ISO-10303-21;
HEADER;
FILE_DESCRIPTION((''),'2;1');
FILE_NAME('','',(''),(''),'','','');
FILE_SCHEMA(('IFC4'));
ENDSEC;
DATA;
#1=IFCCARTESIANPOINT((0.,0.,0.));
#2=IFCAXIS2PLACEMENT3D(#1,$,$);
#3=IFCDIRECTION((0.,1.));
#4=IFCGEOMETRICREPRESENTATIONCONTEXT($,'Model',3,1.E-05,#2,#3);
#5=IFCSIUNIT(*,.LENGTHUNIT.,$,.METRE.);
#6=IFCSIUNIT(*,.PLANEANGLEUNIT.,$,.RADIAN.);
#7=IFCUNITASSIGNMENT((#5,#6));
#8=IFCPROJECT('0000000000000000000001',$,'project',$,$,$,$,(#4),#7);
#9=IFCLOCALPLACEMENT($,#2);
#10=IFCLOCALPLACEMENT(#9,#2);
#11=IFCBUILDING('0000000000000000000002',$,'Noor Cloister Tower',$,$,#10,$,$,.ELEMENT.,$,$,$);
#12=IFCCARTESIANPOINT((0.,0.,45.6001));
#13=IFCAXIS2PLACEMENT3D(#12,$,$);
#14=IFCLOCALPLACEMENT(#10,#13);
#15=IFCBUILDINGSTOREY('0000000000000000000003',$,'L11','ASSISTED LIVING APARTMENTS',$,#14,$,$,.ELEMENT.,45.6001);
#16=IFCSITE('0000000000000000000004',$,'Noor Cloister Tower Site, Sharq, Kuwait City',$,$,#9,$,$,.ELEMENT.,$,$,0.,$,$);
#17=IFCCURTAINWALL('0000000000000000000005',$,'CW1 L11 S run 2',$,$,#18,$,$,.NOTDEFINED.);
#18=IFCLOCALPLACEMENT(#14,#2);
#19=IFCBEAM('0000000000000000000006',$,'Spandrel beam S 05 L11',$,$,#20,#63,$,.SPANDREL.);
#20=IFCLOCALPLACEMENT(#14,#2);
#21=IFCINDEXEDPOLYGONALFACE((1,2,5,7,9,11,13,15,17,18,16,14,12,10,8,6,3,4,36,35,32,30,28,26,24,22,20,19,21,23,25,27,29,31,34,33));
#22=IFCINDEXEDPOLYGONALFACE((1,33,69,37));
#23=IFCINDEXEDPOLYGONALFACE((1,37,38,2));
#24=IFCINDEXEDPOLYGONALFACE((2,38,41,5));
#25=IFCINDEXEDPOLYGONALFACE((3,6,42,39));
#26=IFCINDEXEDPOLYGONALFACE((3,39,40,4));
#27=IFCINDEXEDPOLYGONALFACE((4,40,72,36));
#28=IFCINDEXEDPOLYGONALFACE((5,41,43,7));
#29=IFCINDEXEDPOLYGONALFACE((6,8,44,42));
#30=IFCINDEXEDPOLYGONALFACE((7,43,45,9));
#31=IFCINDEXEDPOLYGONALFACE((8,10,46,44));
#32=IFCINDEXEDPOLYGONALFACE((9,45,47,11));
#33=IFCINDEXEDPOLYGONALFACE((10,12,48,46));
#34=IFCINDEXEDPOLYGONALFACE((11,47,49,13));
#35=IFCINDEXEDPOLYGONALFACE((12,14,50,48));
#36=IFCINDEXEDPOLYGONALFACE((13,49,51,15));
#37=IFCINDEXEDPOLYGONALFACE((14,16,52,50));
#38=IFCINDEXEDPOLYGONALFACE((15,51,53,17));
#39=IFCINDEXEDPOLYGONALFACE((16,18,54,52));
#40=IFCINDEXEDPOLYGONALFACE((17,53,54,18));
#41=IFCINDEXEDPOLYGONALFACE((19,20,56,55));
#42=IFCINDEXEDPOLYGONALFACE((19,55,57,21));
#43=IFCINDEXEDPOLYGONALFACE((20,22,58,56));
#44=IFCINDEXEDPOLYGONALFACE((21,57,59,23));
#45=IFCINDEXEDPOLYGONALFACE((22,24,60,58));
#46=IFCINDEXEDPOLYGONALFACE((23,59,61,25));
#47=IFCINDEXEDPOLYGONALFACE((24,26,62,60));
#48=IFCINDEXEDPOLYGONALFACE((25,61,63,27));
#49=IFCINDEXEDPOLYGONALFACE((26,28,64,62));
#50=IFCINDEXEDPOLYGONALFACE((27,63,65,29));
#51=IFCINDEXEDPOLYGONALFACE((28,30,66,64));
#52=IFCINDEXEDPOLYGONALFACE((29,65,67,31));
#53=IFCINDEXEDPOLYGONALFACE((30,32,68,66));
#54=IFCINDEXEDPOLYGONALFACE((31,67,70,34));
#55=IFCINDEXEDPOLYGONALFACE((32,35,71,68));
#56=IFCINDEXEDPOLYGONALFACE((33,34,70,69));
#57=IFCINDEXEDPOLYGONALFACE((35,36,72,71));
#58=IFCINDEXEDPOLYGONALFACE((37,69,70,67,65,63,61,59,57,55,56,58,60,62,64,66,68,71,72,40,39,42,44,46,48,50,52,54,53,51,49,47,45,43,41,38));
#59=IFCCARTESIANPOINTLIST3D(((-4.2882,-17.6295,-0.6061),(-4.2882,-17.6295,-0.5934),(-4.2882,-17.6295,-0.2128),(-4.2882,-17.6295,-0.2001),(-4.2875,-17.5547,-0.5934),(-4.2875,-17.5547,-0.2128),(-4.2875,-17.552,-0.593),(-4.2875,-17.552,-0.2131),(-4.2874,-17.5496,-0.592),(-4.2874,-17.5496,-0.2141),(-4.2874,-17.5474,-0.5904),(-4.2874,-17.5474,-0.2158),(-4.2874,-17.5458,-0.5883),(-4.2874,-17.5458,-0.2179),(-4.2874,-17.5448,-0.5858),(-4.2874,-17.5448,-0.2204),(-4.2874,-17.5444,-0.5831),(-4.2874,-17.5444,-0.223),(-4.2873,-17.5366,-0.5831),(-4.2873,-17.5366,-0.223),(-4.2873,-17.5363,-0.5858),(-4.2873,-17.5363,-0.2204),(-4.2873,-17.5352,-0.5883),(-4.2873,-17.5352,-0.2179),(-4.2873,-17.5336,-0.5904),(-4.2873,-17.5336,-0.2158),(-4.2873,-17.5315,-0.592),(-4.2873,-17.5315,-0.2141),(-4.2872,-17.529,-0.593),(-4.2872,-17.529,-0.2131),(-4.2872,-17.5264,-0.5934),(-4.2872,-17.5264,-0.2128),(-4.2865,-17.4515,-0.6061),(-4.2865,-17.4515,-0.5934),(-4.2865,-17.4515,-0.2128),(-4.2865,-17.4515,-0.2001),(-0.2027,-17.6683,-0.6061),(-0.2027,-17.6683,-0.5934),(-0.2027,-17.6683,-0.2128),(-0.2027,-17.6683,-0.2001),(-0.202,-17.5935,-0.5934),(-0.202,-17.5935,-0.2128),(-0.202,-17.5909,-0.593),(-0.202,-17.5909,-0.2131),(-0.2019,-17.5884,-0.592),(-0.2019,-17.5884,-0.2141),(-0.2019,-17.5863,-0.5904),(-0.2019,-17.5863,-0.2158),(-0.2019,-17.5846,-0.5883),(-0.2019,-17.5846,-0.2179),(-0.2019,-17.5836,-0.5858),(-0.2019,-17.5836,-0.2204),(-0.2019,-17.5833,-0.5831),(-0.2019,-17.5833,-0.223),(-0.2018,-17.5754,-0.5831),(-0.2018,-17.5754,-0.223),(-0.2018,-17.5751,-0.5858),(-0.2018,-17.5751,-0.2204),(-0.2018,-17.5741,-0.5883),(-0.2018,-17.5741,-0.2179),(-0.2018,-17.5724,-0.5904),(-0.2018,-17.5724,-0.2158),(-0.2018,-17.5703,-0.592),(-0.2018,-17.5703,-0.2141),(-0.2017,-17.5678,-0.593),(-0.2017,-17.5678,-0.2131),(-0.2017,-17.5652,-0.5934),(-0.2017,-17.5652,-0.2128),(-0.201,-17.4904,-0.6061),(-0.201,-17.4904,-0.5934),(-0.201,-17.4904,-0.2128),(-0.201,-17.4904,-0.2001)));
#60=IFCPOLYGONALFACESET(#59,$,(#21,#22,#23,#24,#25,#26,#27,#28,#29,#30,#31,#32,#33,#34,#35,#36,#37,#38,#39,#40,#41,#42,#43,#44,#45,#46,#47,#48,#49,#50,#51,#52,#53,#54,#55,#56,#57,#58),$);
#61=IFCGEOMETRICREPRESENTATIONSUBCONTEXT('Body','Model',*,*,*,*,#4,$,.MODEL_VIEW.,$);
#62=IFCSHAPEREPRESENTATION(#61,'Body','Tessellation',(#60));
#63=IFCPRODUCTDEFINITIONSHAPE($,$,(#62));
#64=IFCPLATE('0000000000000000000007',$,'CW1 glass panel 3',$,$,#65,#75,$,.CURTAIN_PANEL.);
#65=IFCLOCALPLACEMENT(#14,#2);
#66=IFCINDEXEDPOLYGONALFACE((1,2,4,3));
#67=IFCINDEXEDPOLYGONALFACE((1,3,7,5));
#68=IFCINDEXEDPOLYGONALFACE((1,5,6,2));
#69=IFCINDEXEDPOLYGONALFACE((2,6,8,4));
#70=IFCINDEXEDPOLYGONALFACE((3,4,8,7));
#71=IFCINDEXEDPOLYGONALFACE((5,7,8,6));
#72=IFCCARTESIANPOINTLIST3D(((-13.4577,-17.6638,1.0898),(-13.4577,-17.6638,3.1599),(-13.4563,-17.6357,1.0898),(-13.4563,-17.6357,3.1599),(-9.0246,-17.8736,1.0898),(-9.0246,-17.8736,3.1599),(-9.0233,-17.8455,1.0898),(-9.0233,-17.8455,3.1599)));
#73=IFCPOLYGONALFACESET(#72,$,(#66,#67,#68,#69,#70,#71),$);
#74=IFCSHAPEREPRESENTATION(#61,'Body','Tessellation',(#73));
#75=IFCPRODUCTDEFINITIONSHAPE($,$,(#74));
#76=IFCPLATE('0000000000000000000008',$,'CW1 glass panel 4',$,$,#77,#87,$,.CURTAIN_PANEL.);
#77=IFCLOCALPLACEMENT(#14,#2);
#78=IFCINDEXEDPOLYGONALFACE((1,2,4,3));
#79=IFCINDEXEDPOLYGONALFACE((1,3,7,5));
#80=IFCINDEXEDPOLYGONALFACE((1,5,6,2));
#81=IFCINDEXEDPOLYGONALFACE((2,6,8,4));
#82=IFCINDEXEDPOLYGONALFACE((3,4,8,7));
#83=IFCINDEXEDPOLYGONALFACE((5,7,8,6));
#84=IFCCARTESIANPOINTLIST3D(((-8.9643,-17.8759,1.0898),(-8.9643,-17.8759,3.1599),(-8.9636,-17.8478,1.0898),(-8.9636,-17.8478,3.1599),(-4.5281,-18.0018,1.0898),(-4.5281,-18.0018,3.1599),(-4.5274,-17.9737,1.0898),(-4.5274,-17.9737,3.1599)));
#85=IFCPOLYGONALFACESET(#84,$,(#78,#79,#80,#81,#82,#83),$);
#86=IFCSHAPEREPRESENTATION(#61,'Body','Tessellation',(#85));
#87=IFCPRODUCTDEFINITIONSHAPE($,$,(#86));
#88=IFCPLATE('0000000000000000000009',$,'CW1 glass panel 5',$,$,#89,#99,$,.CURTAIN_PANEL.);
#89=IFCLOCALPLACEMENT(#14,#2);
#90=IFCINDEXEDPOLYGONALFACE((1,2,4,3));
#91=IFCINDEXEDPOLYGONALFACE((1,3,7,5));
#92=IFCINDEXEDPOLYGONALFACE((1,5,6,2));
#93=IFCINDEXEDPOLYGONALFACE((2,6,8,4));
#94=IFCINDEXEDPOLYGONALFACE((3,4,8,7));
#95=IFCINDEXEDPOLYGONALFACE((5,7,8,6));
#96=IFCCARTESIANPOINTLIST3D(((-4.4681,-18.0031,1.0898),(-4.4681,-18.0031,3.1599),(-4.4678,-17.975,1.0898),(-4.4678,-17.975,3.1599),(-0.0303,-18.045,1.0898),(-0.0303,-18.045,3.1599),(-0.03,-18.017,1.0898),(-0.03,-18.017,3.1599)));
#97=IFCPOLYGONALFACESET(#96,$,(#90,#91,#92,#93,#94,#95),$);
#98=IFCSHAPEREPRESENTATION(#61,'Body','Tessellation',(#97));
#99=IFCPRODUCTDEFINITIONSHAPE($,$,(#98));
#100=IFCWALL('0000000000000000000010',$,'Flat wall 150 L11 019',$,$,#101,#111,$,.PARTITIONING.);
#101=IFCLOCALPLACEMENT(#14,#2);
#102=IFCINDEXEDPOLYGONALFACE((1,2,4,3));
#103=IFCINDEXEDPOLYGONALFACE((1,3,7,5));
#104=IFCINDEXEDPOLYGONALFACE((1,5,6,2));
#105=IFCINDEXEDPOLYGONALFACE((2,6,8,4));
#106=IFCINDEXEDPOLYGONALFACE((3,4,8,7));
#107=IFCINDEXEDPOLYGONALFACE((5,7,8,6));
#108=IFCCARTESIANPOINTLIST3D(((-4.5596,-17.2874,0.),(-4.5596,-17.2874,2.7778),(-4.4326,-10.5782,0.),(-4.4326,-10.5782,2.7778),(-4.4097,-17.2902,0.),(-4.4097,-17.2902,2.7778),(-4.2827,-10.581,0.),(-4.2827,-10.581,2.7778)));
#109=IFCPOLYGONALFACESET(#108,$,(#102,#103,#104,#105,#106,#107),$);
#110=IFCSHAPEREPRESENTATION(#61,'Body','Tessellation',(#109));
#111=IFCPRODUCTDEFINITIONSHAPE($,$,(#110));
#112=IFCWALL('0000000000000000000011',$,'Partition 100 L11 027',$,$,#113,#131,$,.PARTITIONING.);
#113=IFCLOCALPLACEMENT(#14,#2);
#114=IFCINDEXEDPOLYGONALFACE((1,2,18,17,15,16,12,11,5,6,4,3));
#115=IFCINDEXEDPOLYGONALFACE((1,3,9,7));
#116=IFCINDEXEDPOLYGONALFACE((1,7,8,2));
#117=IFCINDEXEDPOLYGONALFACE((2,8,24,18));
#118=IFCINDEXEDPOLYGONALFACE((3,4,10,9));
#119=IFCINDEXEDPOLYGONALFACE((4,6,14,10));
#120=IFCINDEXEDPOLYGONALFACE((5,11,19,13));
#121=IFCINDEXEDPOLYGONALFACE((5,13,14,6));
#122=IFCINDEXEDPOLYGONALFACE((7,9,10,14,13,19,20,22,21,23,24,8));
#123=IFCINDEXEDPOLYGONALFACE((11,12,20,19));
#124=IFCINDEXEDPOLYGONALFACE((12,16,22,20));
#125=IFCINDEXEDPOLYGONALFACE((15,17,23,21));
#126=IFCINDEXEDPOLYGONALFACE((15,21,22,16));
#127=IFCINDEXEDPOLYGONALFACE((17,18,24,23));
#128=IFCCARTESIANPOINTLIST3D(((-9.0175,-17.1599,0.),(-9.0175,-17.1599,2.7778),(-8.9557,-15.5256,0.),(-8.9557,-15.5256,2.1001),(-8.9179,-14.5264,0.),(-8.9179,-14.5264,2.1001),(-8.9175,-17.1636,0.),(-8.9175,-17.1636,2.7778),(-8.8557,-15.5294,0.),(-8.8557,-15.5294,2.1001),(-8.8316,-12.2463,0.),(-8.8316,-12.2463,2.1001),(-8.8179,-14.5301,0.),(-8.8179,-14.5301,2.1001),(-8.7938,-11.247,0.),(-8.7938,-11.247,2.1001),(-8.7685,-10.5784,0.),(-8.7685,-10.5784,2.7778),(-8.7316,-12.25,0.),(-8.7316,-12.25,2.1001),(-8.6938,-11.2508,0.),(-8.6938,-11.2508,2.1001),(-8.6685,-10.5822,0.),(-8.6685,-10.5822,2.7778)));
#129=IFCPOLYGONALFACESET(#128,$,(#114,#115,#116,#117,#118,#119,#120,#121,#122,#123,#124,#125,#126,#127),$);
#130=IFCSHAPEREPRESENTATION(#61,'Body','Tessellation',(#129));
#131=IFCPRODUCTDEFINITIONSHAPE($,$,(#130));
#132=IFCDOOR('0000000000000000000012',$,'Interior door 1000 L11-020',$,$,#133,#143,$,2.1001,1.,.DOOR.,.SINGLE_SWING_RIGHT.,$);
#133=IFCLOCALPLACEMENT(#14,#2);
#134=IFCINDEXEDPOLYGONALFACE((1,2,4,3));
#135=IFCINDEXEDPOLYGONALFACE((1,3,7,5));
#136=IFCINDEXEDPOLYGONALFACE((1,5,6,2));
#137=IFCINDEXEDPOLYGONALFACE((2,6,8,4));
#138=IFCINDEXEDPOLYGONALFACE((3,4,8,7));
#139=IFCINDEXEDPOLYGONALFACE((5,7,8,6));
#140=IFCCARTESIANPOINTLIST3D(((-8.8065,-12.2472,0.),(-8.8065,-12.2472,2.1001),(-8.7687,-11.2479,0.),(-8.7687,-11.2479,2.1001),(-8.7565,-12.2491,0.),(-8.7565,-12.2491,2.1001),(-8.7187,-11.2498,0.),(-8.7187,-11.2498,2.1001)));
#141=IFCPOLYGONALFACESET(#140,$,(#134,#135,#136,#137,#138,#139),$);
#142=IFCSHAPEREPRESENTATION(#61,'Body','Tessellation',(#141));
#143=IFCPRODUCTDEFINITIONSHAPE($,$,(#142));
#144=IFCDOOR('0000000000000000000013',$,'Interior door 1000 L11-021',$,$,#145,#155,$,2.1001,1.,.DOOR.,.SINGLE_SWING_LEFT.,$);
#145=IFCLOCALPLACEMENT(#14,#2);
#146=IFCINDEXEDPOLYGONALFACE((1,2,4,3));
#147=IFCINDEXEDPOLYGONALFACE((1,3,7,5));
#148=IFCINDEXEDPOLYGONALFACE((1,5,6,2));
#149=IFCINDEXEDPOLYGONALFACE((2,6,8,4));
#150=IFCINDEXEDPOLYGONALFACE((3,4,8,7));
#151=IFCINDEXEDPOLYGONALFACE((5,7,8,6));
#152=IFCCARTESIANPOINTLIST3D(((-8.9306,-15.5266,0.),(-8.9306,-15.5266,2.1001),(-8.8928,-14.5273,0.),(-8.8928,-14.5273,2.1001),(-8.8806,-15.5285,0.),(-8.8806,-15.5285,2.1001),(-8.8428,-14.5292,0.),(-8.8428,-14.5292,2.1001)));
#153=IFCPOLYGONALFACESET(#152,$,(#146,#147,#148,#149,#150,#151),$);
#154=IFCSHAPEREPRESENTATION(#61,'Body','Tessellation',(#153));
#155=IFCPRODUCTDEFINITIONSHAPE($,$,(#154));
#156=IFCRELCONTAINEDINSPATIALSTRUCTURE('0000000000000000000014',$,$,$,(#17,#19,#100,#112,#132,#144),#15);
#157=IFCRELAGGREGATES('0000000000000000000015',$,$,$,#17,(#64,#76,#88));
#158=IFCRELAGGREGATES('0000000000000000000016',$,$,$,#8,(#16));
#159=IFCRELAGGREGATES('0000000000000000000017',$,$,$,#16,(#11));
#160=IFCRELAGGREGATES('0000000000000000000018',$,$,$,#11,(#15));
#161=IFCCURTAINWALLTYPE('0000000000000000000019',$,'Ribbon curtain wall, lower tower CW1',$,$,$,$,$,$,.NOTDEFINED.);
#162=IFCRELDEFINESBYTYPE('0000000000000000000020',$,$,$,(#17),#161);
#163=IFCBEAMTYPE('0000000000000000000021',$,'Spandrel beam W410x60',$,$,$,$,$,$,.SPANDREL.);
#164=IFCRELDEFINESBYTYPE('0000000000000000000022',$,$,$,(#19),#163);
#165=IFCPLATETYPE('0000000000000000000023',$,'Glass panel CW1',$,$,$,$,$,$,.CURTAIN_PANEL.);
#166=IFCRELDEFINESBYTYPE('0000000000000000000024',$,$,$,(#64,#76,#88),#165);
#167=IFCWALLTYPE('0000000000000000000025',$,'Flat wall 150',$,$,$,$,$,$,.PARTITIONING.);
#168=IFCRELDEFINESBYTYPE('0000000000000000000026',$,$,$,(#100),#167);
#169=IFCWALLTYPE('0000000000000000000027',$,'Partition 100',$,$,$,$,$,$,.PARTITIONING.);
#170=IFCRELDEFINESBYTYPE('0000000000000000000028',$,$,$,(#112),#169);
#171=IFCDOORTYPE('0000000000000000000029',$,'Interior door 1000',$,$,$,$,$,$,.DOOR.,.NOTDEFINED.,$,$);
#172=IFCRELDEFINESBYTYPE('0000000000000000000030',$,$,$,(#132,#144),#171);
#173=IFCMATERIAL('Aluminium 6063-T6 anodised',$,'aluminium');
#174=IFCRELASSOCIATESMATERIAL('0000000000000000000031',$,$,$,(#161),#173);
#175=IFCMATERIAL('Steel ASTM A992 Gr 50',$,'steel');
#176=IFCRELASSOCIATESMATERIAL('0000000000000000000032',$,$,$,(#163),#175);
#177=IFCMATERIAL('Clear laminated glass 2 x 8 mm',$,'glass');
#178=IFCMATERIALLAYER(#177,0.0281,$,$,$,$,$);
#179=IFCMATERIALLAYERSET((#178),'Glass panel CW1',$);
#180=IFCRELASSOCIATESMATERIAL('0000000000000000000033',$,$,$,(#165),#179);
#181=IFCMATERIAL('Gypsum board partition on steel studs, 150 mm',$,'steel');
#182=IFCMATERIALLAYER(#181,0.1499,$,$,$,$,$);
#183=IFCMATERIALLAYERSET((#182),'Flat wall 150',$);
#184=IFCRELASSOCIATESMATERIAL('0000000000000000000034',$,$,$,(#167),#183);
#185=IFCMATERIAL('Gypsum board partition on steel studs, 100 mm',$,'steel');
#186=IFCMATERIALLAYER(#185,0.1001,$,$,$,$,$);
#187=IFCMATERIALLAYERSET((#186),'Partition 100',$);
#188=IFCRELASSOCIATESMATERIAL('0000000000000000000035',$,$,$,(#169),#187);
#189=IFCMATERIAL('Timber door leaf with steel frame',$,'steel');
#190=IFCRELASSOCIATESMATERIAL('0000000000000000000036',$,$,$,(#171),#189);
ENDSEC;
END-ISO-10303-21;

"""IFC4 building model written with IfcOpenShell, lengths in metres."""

from ifc_helpers import new_model, si_unit, direction, frame, frame_2d, origin, origin_2d, place, context, subcontext, project, spatial, rectangle, i_section, extrude, material, layer, layer_set, material_profile, profile_set, type_object, element, fill, aggregate, save


model = new_model("IFC4")

# Units and contexts
model_context = context("Model", 3, precision=1e-05, world=origin(), true_north=direction((0.0, 1.0)))
body_context = subcontext(model_context, "Body", "Model", "MODEL_VIEW")
ifc_project = project(units=[si_unit("LENGTHUNIT", "METRE"), si_unit("PLANEANGLEUNIT", "RADIAN")], contexts=[model_context])

# Site, building, storey
site_placement = place(None, origin())
site = spatial("IfcSite", under=ifc_project, at=site_placement, Name="Noor Cloister Tower Site, Sharq, Kuwait City", CompositionType="ELEMENT", RefElevation=0.0)
building_placement = place(site_placement, origin())
building = spatial("IfcBuilding", under=site, at=building_placement, Name="Noor Cloister Tower", CompositionType="ELEMENT")
storey_placement = place(building_placement, frame((0.0, 0.0, 45.6001)))
storey = spatial("IfcBuildingStorey", under=building, at=storey_placement, Name="L11", Description="ASSISTED LIVING APARTMENTS", CompositionType="ELEMENT", Elevation=45.6001)

# Curtain wall
ifc_material_1 = material(Name="Aluminium 6063-T6 anodised", Category="aluminium")
curtain_wall_type = type_object("IfcCurtainWallType", Name="Ribbon curtain wall, lower tower CW1", PredefinedType="NOTDEFINED", material=ifc_material_1)
curtain_wall_placement = place(storey_placement, origin())
curtain_wall = element("IfcCurtainWall", 1, at=curtain_wall_placement, inside=storey, type_object=curtain_wall_type, Name="CW1 L11 S run 2", PredefinedType="NOTDEFINED")

# Beam
ifc_material_2 = material(Name="Steel ASTM A992 Gr 50", Category="steel")
ifc_material_profile_1 = material_profile(ifc_material_2, i_section(OverallWidth=0.178, OverallDepth=0.406, WebThickness=0.0078, FlangeThickness=0.0127, FilletRadius=0.0103, at=origin_2d()), Name="W410x60")
ifc_profile_set_1 = profile_set([ifc_material_profile_1], Name="Steel ASTM A992 Gr 50")
beam_type_1 = type_object("IfcBeamType", Name="Spandrel beam W410x60", PredefinedType="SPANDREL", material=ifc_profile_set_1)
for number, where, z_axis, x_axis, name in (
    (2, (-4.2874, -17.5405, -0.4031), (0.999955, -0.009501, 0.0), (0.009501, 0.999955, 0.0), "Spandrel beam S 05 L11"),
):
    element("IfcBeam", number, at=place(storey_placement, frame(where, z_axis=z_axis, x_axis=x_axis)), inside=storey, type_object=beam_type_1, Name=name, PredefinedType="SPANDREL", context=body_context, shape_type="SweptSolid", body=[
        extrude(i_section(OverallWidth=0.178, OverallDepth=0.406, WebThickness=0.0078, FlangeThickness=0.0127, FilletRadius=0.0103, at=origin_2d()), origin(), (0.0, 0.0, 1.0), 4.0857),
    ])

# Plates
ifc_material_3 = material(Name="Clear laminated glass 2 x 8 mm", Category="glass")
ifc_layer_1 = layer(ifc_material_3, 0.0281)
ifc_layer_set_1 = layer_set([ifc_layer_1], Name="Glass panel CW1")
plate_type = type_object("IfcPlateType", Name="Glass panel CW1", PredefinedType="CURTAIN_PANEL", material=ifc_layer_set_1)
plate_1_placement = place(storey_placement, frame((-11.2405, -17.7546, 1.0898), z_axis=(0.0, 0.0, 1.0), x_axis=(0.998882, -0.047272, 0.0)))
plate_1 = element("IfcPlate", 3, at=plate_1_placement, type_object=plate_type, Name="CW1 glass panel 3", PredefinedType="CURTAIN_PANEL", context=body_context, shape_type="SweptSolid", body=[
    extrude(rectangle(XDim=4.438, YDim=0.0281, at=origin_2d()), origin(), (0.0, 0.0, 1.0), 2.0701),
])
plate_2_placement = place(storey_placement, frame((-6.7458, -17.9248, 1.0898), z_axis=(0.0, 0.0, 1.0), x_axis=(0.999597, -0.02837, 0.0)))
plate_2 = element("IfcPlate", 4, at=plate_2_placement, type_object=plate_type, Name="CW1 glass panel 4", PredefinedType="CURTAIN_PANEL", context=body_context, shape_type="SweptSolid", body=[
    extrude(rectangle(XDim=4.438, YDim=0.0281, at=origin_2d()), origin(), (0.0, 0.0, 1.0), 2.0701),
])
plate_3_placement = place(storey_placement, frame((-2.249, -18.01, 1.0898), z_axis=(0.0, 0.0, 1.0), x_axis=(0.999955, -0.009458, 0.0)))
plate_3 = element("IfcPlate", 5, at=plate_3_placement, type_object=plate_type, Name="CW1 glass panel 5", PredefinedType="CURTAIN_PANEL", context=body_context, shape_type="SweptSolid", body=[
    extrude(rectangle(XDim=4.438, YDim=0.0281, at=origin_2d()), origin(), (0.0, 0.0, 1.0), 2.0701),
])
aggregate(curtain_wall, [plate_1, plate_2, plate_3])

# Wall
ifc_material_4 = material(Name="Gypsum board partition on steel studs, 150 mm", Category="steel")
ifc_layer_2 = layer(ifc_material_4, 0.1499)
ifc_layer_set_2 = layer_set([ifc_layer_2], Name="Flat wall 150")
wall_type_1 = type_object("IfcWallType", Name="Flat wall 150", PredefinedType="PARTITIONING", material=ifc_layer_set_2)
wall_1_placement = place(storey_placement, frame((-4.4846, -17.2888, 0.0), z_axis=(0.0, 0.0, 1.0), x_axis=(0.018919, 0.999821, 0.0)))
element("IfcWall", 6, at=wall_1_placement, inside=storey, type_object=wall_type_1, Name="Flat wall 150 L11 019", PredefinedType="PARTITIONING", context=body_context, shape_type="SweptSolid", body=[
    extrude(rectangle(XDim=6.7104, YDim=0.1499, at=frame_2d((3.3552, 0.0))), origin(), (0.0, 0.0, 1.0), 2.7778),
])

# Wall, openings, doors
ifc_material_5 = material(Name="Gypsum board partition on steel studs, 100 mm", Category="steel")
ifc_layer_3 = layer(ifc_material_5, 0.1001)
ifc_layer_set_3 = layer_set([ifc_layer_3], Name="Partition 100")
wall_type_2 = type_object("IfcWallType", Name="Partition 100", PredefinedType="PARTITIONING", material=ifc_layer_set_3)
wall_2_placement = place(storey_placement, frame((-8.9675, -17.1616, 0.0), z_axis=(0.0, 0.0, 1.0), x_axis=(0.03781, 0.999285, 0.0)))
wall_2 = element("IfcWall", 7, at=wall_2_placement, inside=storey, type_object=wall_type_2, Name="Partition 100 L11 027", PredefinedType="PARTITIONING", context=body_context, shape_type="SweptSolid", body=[
    extrude(rectangle(XDim=6.5862, YDim=0.1001, at=frame_2d((3.293, 0.0))), origin(), (0.0, 0.0, 1.0), 2.7778),
])
opening_1_placement = place(wall_2_placement, frame((4.917, 0.0, 0.0)))
opening_1 = element("IfcOpeningElement", 8, at=opening_1_placement, cuts=wall_2, PredefinedType="OPENING", context=body_context, shape_type="SweptSolid", body=[
    extrude(rectangle(XDim=1.0, YDim=2.1001, at=frame_2d((0.5, 1.05))), frame((0.0, 0.0601, 0.0), z_axis=(0.0, -1.0, 0.0), x_axis=(1.0, 0.0, 0.0)), (0.0, 0.0, 1.0), 0.1201),
])
opening_2_placement = place(wall_2_placement, frame((1.6353, 0.0, 0.0)))
opening_2 = element("IfcOpeningElement", 9, at=opening_2_placement, cuts=wall_2, PredefinedType="OPENING", context=body_context, shape_type="SweptSolid", body=[
    extrude(rectangle(XDim=1.0, YDim=2.1001, at=frame_2d((0.5, 1.05))), frame((0.0, 0.0601, 0.0), z_axis=(0.0, -1.0, 0.0), x_axis=(1.0, 0.0, 0.0)), (0.0, 0.0, 1.0), 0.1201),
])
ifc_material_6 = material(Name="Timber door leaf with steel frame", Category="steel")
door_type = type_object("IfcDoorType", Name="Interior door 1000", OperationType="NOTDEFINED", PredefinedType="DOOR", material=ifc_material_6)
door_1_placement = place(opening_1_placement, origin())
door_1 = element("IfcDoor", 10, at=door_1_placement, inside=storey, type_object=door_type, Name="Interior door 1000 L11-020", OperationType="SINGLE_SWING_RIGHT", OverallHeight=2.1001, OverallWidth=1.0, PredefinedType="DOOR", context=body_context, shape_type="SweptSolid", body=[
    extrude(rectangle(XDim=1.0, YDim=2.1001, at=frame_2d((0.5, 1.05))), frame((0.0, 0.0249, 0.0), z_axis=(0.0, -1.0, 0.0), x_axis=(1.0, 0.0, 0.0)), (0.0, 0.0, 1.0), 0.05),
])
fill(opening_1, door_1)
door_2_placement = place(opening_2_placement, origin())
door_2 = element("IfcDoor", 11, at=door_2_placement, inside=storey, type_object=door_type, Name="Interior door 1000 L11-021", OperationType="SINGLE_SWING_LEFT", OverallHeight=2.1001, OverallWidth=1.0, PredefinedType="DOOR", context=body_context, shape_type="SweptSolid", body=[
    extrude(rectangle(XDim=1.0, YDim=2.1001, at=frame_2d((0.5, 1.05))), frame((0.0, 0.0249, 0.0), z_axis=(0.0, -1.0, 0.0), x_axis=(1.0, 0.0, 0.0)), (0.0, 0.0, 1.0), 0.05),
])
fill(opening_2, door_2)

save(model, "model.ifc")
